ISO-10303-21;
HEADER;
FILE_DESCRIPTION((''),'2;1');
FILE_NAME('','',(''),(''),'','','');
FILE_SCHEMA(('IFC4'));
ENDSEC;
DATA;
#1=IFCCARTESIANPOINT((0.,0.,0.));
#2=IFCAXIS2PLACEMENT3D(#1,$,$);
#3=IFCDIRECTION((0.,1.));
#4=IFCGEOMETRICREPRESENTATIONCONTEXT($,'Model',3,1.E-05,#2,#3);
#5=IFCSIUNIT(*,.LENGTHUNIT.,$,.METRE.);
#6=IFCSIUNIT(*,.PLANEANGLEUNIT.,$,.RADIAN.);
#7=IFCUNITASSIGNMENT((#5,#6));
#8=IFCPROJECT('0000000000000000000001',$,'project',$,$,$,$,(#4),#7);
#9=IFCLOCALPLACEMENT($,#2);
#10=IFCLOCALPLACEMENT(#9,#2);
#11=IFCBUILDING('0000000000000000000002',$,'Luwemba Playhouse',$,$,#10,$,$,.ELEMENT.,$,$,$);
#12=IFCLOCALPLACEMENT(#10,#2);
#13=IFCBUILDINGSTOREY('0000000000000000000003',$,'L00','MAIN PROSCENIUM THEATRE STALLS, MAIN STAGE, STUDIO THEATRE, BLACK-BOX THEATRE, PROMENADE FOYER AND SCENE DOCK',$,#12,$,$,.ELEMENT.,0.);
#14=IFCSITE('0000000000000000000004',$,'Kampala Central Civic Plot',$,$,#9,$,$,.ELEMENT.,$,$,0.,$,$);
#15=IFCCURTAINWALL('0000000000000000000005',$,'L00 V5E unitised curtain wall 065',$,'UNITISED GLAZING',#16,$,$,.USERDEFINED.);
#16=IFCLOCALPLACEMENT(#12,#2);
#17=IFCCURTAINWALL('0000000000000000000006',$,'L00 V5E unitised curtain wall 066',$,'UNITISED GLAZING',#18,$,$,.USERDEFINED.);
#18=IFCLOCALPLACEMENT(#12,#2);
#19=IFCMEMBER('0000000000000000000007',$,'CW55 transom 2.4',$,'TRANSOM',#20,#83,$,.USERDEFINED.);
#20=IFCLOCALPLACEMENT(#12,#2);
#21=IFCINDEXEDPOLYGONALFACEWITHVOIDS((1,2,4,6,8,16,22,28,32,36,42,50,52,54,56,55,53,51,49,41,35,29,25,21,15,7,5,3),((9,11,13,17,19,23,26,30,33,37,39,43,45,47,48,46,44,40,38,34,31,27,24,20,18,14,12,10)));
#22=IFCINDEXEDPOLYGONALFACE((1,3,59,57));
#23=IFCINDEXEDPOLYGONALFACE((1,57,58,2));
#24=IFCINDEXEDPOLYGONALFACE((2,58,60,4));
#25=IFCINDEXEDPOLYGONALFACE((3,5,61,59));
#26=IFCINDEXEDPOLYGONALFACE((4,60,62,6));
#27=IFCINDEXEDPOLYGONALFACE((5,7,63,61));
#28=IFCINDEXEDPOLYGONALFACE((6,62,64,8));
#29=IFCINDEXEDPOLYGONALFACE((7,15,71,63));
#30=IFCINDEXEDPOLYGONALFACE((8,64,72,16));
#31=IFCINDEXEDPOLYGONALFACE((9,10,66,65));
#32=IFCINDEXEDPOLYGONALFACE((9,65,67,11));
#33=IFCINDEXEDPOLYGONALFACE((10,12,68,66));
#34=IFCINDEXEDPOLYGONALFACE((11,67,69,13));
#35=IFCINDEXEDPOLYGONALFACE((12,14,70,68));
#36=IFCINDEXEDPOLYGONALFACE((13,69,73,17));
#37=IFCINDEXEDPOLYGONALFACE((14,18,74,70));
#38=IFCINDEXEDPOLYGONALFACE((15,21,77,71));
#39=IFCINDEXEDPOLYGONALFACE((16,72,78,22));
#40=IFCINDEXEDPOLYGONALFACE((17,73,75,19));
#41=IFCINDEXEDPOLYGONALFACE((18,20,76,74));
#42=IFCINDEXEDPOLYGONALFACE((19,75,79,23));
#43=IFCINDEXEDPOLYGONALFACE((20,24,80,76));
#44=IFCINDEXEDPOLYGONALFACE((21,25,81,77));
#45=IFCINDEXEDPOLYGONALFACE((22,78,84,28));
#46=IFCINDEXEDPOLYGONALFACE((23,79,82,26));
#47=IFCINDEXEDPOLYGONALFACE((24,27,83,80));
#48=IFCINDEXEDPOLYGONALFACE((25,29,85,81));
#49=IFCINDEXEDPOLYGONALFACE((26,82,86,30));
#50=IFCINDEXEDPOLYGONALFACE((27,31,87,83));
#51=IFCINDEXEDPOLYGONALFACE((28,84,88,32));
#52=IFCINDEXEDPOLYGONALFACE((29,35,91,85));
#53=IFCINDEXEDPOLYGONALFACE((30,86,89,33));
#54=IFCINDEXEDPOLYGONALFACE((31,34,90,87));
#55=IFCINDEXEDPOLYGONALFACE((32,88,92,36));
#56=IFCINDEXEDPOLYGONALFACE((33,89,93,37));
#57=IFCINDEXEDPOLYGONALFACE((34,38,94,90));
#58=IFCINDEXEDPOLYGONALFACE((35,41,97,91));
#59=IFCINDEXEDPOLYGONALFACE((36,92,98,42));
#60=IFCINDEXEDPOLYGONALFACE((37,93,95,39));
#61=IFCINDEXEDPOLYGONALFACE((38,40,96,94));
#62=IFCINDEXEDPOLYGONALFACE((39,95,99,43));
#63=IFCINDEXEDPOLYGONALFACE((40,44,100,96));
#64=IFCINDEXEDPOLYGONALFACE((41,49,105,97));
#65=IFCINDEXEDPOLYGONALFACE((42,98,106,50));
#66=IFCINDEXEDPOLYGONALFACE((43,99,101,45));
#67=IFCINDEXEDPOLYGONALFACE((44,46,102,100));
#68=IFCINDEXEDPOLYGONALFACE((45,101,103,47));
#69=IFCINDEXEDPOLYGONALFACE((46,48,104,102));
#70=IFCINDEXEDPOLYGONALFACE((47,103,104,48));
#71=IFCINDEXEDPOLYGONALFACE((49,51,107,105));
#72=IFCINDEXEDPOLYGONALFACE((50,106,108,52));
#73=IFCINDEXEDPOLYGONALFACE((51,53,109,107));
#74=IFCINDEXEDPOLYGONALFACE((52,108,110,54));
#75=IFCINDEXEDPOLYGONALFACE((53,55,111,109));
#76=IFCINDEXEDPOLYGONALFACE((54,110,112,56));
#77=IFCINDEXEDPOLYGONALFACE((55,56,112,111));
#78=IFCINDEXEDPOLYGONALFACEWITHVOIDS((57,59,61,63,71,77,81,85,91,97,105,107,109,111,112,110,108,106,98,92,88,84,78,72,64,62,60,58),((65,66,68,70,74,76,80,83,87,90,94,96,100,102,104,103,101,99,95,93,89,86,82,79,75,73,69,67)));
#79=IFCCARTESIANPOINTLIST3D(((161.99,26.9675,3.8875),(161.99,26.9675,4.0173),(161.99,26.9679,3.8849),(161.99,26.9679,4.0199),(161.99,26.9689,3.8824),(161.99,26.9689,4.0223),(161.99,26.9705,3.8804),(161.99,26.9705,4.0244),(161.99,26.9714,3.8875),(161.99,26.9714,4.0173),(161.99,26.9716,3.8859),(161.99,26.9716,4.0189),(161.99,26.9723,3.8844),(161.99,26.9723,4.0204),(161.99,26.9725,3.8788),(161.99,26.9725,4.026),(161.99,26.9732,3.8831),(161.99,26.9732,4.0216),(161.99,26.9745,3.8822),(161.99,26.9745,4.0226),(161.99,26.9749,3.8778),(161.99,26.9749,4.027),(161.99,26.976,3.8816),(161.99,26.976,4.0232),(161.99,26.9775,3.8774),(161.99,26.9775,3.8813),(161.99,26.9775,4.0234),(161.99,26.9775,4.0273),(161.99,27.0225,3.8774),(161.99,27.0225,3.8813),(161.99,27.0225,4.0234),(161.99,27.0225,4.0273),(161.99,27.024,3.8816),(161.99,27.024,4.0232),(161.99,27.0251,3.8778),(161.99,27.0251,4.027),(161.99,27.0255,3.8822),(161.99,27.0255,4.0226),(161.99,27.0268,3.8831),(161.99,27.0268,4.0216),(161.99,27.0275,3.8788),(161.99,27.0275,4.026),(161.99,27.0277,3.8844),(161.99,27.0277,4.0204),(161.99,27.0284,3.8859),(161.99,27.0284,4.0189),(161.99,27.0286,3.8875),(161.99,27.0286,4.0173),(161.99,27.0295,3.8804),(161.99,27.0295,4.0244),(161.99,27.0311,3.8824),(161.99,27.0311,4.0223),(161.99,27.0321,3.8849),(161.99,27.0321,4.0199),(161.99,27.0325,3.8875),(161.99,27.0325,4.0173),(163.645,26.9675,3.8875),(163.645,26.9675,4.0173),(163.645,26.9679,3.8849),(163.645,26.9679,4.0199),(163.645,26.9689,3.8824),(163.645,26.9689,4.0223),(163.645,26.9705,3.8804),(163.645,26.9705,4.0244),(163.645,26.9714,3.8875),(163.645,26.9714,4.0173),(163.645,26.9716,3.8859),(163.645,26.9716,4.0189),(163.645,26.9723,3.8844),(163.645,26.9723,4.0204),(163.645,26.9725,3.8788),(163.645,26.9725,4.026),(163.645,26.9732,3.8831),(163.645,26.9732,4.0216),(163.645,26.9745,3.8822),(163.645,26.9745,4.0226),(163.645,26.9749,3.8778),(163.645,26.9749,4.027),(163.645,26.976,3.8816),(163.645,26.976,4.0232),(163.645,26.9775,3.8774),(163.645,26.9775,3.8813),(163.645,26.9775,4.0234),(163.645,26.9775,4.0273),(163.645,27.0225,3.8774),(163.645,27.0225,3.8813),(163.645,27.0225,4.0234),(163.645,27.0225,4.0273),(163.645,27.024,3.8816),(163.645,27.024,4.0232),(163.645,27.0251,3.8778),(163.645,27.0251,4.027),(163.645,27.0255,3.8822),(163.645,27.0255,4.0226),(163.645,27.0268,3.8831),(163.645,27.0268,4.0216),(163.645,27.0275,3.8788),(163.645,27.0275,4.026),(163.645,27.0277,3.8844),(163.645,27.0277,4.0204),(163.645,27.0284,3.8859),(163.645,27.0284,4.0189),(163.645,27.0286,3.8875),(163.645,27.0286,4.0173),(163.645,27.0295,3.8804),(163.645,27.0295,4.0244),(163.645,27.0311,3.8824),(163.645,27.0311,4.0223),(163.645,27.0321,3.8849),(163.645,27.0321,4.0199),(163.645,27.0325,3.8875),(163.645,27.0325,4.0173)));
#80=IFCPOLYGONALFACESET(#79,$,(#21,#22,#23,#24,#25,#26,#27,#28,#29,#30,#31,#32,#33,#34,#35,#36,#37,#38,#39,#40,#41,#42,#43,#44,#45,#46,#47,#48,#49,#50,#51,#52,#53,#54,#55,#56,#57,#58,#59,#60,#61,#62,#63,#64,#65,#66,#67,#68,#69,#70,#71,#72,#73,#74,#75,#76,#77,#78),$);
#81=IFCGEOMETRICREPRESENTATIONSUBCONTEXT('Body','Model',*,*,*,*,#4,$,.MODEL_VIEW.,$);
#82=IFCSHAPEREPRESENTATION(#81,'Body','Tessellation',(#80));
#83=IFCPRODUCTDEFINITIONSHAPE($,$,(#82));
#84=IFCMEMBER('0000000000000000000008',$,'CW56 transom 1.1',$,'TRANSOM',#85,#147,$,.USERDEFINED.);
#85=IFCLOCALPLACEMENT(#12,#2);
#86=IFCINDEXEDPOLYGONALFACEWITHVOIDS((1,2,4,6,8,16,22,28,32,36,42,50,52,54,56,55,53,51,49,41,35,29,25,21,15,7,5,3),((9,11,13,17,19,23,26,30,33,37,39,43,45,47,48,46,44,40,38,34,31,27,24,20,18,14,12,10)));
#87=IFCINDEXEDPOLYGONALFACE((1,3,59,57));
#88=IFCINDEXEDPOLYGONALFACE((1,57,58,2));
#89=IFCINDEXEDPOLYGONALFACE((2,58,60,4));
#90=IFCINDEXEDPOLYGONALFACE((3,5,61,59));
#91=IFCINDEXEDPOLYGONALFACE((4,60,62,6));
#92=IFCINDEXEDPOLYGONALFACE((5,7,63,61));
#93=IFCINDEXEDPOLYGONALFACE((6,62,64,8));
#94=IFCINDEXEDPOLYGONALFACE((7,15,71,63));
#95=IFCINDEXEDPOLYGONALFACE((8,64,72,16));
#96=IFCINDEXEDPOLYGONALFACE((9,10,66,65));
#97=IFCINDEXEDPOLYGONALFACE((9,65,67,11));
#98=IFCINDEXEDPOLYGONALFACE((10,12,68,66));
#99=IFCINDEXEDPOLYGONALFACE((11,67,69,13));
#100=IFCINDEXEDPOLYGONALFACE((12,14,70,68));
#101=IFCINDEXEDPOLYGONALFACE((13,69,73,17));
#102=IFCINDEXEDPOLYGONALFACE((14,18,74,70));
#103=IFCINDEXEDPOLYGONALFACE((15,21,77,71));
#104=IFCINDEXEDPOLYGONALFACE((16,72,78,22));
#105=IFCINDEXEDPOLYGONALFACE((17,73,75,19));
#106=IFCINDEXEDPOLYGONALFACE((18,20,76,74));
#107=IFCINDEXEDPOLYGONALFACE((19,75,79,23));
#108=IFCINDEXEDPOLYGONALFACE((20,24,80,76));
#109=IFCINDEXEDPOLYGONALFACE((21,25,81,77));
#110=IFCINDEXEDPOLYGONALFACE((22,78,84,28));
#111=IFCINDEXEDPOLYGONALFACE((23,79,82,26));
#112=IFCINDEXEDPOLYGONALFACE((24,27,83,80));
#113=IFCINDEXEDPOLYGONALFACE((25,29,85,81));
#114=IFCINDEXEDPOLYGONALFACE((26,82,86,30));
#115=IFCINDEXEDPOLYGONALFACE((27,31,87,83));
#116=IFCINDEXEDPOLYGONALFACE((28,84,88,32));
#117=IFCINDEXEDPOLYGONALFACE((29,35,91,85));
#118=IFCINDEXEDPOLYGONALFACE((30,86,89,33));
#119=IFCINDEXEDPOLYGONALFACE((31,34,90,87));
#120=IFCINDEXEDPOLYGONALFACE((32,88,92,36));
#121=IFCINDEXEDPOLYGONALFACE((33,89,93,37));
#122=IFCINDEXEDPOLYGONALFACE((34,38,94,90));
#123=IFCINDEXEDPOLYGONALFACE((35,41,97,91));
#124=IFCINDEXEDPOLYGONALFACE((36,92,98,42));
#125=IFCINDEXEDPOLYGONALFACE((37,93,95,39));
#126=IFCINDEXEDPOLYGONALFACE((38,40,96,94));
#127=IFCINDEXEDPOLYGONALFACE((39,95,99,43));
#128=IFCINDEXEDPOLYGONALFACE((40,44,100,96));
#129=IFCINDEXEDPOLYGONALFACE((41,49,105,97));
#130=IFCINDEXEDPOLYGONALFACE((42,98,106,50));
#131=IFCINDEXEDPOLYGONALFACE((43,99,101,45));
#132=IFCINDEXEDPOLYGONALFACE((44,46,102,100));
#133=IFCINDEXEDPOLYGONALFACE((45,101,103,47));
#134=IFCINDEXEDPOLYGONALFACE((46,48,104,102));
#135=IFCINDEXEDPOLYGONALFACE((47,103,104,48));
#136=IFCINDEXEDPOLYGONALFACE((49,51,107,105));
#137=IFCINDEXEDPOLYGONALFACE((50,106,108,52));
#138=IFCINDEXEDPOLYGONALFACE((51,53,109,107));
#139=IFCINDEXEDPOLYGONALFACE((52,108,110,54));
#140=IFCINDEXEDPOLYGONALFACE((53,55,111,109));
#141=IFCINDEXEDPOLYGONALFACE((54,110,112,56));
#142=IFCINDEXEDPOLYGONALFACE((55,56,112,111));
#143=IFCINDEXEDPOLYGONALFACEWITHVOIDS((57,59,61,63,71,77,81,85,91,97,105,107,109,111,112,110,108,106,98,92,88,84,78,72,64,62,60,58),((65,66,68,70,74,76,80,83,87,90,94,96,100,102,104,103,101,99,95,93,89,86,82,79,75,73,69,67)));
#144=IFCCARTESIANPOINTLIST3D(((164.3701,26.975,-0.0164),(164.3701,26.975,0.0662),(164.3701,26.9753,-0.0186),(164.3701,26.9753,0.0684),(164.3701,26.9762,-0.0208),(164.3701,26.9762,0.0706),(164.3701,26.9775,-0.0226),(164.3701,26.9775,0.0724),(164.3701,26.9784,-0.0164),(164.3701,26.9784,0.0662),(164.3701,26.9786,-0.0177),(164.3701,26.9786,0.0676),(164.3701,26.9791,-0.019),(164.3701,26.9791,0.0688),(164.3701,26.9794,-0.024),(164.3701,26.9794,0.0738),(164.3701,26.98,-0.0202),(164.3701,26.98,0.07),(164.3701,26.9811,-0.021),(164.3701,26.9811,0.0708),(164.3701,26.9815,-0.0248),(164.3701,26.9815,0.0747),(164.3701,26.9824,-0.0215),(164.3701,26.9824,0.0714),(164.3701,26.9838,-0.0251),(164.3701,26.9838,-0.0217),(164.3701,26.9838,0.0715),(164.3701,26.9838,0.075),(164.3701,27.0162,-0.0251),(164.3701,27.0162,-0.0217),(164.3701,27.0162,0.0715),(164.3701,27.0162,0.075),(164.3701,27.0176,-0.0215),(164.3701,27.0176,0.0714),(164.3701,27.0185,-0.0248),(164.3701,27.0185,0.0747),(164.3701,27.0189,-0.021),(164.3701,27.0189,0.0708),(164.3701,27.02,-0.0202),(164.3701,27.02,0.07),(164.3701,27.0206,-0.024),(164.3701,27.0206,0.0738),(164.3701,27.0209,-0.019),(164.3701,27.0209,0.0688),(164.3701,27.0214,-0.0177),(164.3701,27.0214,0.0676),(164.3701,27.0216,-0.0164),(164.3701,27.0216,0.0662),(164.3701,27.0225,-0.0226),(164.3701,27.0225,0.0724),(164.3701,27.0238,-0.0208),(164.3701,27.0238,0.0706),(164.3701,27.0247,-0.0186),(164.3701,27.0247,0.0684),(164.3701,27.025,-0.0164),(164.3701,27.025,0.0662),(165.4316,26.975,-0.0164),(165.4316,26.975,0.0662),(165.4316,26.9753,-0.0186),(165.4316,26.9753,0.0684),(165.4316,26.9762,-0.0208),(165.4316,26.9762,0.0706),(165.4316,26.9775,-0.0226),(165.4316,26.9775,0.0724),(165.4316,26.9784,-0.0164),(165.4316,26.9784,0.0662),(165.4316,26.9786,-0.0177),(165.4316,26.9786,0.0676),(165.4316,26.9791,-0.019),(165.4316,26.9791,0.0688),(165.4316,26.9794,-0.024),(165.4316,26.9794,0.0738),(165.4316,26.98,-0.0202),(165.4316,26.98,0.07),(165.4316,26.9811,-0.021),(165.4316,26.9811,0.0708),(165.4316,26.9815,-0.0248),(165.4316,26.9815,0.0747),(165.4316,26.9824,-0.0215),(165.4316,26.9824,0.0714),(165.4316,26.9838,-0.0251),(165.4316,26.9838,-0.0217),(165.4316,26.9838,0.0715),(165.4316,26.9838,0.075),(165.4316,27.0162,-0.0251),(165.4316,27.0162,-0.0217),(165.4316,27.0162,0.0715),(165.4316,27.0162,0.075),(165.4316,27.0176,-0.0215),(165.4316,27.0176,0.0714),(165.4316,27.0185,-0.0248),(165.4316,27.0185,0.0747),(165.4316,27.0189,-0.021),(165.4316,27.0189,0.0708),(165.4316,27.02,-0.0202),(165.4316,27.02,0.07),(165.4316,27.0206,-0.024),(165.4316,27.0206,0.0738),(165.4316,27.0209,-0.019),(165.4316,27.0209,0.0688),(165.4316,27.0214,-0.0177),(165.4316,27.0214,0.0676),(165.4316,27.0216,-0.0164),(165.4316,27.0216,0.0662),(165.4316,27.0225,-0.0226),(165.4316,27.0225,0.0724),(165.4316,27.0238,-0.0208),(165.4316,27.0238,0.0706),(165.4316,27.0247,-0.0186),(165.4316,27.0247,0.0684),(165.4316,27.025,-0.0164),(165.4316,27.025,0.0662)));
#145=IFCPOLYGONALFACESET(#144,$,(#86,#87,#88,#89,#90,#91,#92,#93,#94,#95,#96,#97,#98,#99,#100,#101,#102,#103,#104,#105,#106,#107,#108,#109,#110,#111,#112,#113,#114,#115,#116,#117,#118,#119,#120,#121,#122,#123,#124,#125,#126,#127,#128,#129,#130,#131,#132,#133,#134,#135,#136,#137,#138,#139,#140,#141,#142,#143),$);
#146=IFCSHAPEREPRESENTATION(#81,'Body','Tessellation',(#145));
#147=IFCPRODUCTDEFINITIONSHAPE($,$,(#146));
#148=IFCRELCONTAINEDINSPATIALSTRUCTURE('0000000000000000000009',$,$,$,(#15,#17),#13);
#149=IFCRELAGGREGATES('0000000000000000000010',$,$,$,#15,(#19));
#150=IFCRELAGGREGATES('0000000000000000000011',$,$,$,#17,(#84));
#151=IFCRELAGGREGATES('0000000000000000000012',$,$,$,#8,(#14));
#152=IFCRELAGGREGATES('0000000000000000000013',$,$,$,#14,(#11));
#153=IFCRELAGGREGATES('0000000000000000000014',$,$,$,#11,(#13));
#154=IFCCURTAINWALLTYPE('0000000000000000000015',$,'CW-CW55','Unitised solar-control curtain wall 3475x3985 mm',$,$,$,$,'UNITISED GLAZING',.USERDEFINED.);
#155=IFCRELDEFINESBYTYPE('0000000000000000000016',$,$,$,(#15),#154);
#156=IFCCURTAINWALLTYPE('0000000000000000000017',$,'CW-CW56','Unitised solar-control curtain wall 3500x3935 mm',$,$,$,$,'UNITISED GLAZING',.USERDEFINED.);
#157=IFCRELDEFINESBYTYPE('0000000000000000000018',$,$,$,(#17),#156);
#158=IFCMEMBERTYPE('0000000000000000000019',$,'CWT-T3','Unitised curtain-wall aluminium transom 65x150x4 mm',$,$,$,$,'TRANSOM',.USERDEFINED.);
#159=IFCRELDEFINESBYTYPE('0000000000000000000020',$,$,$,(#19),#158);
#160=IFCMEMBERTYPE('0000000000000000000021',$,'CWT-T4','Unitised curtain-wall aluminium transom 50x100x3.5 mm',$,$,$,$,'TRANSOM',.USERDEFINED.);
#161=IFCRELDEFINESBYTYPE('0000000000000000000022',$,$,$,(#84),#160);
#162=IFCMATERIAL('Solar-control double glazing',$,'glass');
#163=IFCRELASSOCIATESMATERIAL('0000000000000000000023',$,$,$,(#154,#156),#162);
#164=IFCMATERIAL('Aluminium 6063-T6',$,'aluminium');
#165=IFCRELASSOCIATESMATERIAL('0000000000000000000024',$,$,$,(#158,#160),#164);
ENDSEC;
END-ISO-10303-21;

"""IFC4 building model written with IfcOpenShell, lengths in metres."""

from ifc_helpers import new_model, si_unit, direction, frame, origin, origin_2d, place, context, subcontext, project, spatial, hollow_rectangle, extrude, material, material_profile, profile_set, type_object, element, aggregate, save


model = new_model("IFC4")

# Units and contexts
model_context = context("Model", 3, precision=1e-05, world=origin(), true_north=direction((0.0, 1.0)))
body_context = subcontext(model_context, "Body", "Model", "MODEL_VIEW")
ifc_project = project(units=[si_unit("LENGTHUNIT", "METRE"), si_unit("PLANEANGLEUNIT", "RADIAN")], contexts=[model_context])

# Site, building, storey
site_placement = place(None, origin())
site = spatial("IfcSite", under=ifc_project, at=site_placement, Name="Kampala Central Civic Plot", CompositionType="ELEMENT", RefElevation=0.0)
building_placement = place(site_placement, origin())
building = spatial("IfcBuilding", under=site, at=building_placement, Name="Luwemba Playhouse", CompositionType="ELEMENT")
storey_placement = place(building_placement, origin())
storey = spatial("IfcBuildingStorey", under=building, at=storey_placement, Name="L00", Description="MAIN PROSCENIUM THEATRE STALLS, MAIN STAGE, STUDIO THEATRE, BLACK-BOX THEATRE, PROMENADE FOYER AND SCENE DOCK", CompositionType="ELEMENT", Elevation=0.0)

# Curtain wall
ifc_material_1 = material(Name="Solar-control double glazing", Category="glass")
curtain_wall_type_1 = type_object("IfcCurtainWallType", Name="CW-CW55", Description="Unitised solar-control curtain wall 3475x3985 mm", ElementType="UNITISED GLAZING", PredefinedType="USERDEFINED", material=ifc_material_1)
curtain_wall_1_placement = place(storey_placement, origin())
curtain_wall_1 = element("IfcCurtainWall", 1, at=curtain_wall_1_placement, inside=storey, type_object=curtain_wall_type_1, Name="L00 V5E unitised curtain wall 065", ObjectType="UNITISED GLAZING", PredefinedType="USERDEFINED")
ifc_material_2 = material(Name="Aluminium 6063-T6", Category="aluminium")

# Curtain wall
curtain_wall_type_2 = type_object("IfcCurtainWallType", Name="CW-CW56", Description="Unitised solar-control curtain wall 3500x3935 mm", ElementType="UNITISED GLAZING", PredefinedType="USERDEFINED", material=ifc_material_1)
curtain_wall_2_placement = place(storey_placement, origin())
curtain_wall_2 = element("IfcCurtainWall", 2, at=curtain_wall_2_placement, inside=storey, type_object=curtain_wall_type_2, Name="L00 V5E unitised curtain wall 066", ObjectType="UNITISED GLAZING", PredefinedType="USERDEFINED")

# Members
ifc_material_profile_1 = material_profile(ifc_material_2, hollow_rectangle(XDim=0.0649, YDim=0.1499, WallThickness=0.0039, InnerFilletRadius=0.0061, OuterFilletRadius=0.01, at=origin_2d()))
ifc_profile_set_1 = profile_set([ifc_material_profile_1], Name="Aluminium 6063-T6")
member_type_1 = type_object("IfcMemberType", Name="CWT-T3", Description="Unitised curtain-wall aluminium transom 65x150x4 mm", ElementType="TRANSOM", PredefinedType="USERDEFINED", material=ifc_profile_set_1)
member_1_placement = place(storey_placement, frame((161.99, 27.0, 3.9524), z_axis=(1.0, 0.0, 0.0), x_axis=(0.0, 1.0, 0.0)))
member_1 = element("IfcMember", 3, at=member_1_placement, type_object=member_type_1, Name="CW55 transom 2.4", ObjectType="TRANSOM", PredefinedType="USERDEFINED", context=body_context, shape_type="SweptSolid", body=[
    extrude(hollow_rectangle(XDim=0.0649, YDim=0.1499, WallThickness=0.0039, InnerFilletRadius=0.0061, OuterFilletRadius=0.01, at=origin_2d()), origin(), (0.0, 0.0, 1.0), 1.655),
])
ifc_material_profile_2 = material_profile(ifc_material_2, hollow_rectangle(XDim=0.05, YDim=0.1001, WallThickness=0.0034, InnerFilletRadius=0.0054, OuterFilletRadius=0.0088, at=origin_2d()))
ifc_profile_set_2 = profile_set([ifc_material_profile_2], Name="Aluminium 6063-T6")
member_type_2 = type_object("IfcMemberType", Name="CWT-T4", Description="Unitised curtain-wall aluminium transom 50x100x3.5 mm", ElementType="TRANSOM", PredefinedType="USERDEFINED", material=ifc_profile_set_2)
member_2_placement = place(storey_placement, frame((164.3701, 27.0, 0.0249), z_axis=(1.0, 0.0, 0.0), x_axis=(0.0, 1.0, 0.0)))
member_2 = element("IfcMember", 4, at=member_2_placement, type_object=member_type_2, Name="CW56 transom 1.1", ObjectType="TRANSOM", PredefinedType="USERDEFINED", context=body_context, shape_type="SweptSolid", body=[
    extrude(hollow_rectangle(XDim=0.05, YDim=0.1001, WallThickness=0.0034, InnerFilletRadius=0.0054, OuterFilletRadius=0.0088, at=origin_2d()), origin(), (0.0, 0.0, 1.0), 1.0615),
])

aggregate(curtain_wall_1, [member_1])
aggregate(curtain_wall_2, [member_2])

save(model, "model.ifc")
